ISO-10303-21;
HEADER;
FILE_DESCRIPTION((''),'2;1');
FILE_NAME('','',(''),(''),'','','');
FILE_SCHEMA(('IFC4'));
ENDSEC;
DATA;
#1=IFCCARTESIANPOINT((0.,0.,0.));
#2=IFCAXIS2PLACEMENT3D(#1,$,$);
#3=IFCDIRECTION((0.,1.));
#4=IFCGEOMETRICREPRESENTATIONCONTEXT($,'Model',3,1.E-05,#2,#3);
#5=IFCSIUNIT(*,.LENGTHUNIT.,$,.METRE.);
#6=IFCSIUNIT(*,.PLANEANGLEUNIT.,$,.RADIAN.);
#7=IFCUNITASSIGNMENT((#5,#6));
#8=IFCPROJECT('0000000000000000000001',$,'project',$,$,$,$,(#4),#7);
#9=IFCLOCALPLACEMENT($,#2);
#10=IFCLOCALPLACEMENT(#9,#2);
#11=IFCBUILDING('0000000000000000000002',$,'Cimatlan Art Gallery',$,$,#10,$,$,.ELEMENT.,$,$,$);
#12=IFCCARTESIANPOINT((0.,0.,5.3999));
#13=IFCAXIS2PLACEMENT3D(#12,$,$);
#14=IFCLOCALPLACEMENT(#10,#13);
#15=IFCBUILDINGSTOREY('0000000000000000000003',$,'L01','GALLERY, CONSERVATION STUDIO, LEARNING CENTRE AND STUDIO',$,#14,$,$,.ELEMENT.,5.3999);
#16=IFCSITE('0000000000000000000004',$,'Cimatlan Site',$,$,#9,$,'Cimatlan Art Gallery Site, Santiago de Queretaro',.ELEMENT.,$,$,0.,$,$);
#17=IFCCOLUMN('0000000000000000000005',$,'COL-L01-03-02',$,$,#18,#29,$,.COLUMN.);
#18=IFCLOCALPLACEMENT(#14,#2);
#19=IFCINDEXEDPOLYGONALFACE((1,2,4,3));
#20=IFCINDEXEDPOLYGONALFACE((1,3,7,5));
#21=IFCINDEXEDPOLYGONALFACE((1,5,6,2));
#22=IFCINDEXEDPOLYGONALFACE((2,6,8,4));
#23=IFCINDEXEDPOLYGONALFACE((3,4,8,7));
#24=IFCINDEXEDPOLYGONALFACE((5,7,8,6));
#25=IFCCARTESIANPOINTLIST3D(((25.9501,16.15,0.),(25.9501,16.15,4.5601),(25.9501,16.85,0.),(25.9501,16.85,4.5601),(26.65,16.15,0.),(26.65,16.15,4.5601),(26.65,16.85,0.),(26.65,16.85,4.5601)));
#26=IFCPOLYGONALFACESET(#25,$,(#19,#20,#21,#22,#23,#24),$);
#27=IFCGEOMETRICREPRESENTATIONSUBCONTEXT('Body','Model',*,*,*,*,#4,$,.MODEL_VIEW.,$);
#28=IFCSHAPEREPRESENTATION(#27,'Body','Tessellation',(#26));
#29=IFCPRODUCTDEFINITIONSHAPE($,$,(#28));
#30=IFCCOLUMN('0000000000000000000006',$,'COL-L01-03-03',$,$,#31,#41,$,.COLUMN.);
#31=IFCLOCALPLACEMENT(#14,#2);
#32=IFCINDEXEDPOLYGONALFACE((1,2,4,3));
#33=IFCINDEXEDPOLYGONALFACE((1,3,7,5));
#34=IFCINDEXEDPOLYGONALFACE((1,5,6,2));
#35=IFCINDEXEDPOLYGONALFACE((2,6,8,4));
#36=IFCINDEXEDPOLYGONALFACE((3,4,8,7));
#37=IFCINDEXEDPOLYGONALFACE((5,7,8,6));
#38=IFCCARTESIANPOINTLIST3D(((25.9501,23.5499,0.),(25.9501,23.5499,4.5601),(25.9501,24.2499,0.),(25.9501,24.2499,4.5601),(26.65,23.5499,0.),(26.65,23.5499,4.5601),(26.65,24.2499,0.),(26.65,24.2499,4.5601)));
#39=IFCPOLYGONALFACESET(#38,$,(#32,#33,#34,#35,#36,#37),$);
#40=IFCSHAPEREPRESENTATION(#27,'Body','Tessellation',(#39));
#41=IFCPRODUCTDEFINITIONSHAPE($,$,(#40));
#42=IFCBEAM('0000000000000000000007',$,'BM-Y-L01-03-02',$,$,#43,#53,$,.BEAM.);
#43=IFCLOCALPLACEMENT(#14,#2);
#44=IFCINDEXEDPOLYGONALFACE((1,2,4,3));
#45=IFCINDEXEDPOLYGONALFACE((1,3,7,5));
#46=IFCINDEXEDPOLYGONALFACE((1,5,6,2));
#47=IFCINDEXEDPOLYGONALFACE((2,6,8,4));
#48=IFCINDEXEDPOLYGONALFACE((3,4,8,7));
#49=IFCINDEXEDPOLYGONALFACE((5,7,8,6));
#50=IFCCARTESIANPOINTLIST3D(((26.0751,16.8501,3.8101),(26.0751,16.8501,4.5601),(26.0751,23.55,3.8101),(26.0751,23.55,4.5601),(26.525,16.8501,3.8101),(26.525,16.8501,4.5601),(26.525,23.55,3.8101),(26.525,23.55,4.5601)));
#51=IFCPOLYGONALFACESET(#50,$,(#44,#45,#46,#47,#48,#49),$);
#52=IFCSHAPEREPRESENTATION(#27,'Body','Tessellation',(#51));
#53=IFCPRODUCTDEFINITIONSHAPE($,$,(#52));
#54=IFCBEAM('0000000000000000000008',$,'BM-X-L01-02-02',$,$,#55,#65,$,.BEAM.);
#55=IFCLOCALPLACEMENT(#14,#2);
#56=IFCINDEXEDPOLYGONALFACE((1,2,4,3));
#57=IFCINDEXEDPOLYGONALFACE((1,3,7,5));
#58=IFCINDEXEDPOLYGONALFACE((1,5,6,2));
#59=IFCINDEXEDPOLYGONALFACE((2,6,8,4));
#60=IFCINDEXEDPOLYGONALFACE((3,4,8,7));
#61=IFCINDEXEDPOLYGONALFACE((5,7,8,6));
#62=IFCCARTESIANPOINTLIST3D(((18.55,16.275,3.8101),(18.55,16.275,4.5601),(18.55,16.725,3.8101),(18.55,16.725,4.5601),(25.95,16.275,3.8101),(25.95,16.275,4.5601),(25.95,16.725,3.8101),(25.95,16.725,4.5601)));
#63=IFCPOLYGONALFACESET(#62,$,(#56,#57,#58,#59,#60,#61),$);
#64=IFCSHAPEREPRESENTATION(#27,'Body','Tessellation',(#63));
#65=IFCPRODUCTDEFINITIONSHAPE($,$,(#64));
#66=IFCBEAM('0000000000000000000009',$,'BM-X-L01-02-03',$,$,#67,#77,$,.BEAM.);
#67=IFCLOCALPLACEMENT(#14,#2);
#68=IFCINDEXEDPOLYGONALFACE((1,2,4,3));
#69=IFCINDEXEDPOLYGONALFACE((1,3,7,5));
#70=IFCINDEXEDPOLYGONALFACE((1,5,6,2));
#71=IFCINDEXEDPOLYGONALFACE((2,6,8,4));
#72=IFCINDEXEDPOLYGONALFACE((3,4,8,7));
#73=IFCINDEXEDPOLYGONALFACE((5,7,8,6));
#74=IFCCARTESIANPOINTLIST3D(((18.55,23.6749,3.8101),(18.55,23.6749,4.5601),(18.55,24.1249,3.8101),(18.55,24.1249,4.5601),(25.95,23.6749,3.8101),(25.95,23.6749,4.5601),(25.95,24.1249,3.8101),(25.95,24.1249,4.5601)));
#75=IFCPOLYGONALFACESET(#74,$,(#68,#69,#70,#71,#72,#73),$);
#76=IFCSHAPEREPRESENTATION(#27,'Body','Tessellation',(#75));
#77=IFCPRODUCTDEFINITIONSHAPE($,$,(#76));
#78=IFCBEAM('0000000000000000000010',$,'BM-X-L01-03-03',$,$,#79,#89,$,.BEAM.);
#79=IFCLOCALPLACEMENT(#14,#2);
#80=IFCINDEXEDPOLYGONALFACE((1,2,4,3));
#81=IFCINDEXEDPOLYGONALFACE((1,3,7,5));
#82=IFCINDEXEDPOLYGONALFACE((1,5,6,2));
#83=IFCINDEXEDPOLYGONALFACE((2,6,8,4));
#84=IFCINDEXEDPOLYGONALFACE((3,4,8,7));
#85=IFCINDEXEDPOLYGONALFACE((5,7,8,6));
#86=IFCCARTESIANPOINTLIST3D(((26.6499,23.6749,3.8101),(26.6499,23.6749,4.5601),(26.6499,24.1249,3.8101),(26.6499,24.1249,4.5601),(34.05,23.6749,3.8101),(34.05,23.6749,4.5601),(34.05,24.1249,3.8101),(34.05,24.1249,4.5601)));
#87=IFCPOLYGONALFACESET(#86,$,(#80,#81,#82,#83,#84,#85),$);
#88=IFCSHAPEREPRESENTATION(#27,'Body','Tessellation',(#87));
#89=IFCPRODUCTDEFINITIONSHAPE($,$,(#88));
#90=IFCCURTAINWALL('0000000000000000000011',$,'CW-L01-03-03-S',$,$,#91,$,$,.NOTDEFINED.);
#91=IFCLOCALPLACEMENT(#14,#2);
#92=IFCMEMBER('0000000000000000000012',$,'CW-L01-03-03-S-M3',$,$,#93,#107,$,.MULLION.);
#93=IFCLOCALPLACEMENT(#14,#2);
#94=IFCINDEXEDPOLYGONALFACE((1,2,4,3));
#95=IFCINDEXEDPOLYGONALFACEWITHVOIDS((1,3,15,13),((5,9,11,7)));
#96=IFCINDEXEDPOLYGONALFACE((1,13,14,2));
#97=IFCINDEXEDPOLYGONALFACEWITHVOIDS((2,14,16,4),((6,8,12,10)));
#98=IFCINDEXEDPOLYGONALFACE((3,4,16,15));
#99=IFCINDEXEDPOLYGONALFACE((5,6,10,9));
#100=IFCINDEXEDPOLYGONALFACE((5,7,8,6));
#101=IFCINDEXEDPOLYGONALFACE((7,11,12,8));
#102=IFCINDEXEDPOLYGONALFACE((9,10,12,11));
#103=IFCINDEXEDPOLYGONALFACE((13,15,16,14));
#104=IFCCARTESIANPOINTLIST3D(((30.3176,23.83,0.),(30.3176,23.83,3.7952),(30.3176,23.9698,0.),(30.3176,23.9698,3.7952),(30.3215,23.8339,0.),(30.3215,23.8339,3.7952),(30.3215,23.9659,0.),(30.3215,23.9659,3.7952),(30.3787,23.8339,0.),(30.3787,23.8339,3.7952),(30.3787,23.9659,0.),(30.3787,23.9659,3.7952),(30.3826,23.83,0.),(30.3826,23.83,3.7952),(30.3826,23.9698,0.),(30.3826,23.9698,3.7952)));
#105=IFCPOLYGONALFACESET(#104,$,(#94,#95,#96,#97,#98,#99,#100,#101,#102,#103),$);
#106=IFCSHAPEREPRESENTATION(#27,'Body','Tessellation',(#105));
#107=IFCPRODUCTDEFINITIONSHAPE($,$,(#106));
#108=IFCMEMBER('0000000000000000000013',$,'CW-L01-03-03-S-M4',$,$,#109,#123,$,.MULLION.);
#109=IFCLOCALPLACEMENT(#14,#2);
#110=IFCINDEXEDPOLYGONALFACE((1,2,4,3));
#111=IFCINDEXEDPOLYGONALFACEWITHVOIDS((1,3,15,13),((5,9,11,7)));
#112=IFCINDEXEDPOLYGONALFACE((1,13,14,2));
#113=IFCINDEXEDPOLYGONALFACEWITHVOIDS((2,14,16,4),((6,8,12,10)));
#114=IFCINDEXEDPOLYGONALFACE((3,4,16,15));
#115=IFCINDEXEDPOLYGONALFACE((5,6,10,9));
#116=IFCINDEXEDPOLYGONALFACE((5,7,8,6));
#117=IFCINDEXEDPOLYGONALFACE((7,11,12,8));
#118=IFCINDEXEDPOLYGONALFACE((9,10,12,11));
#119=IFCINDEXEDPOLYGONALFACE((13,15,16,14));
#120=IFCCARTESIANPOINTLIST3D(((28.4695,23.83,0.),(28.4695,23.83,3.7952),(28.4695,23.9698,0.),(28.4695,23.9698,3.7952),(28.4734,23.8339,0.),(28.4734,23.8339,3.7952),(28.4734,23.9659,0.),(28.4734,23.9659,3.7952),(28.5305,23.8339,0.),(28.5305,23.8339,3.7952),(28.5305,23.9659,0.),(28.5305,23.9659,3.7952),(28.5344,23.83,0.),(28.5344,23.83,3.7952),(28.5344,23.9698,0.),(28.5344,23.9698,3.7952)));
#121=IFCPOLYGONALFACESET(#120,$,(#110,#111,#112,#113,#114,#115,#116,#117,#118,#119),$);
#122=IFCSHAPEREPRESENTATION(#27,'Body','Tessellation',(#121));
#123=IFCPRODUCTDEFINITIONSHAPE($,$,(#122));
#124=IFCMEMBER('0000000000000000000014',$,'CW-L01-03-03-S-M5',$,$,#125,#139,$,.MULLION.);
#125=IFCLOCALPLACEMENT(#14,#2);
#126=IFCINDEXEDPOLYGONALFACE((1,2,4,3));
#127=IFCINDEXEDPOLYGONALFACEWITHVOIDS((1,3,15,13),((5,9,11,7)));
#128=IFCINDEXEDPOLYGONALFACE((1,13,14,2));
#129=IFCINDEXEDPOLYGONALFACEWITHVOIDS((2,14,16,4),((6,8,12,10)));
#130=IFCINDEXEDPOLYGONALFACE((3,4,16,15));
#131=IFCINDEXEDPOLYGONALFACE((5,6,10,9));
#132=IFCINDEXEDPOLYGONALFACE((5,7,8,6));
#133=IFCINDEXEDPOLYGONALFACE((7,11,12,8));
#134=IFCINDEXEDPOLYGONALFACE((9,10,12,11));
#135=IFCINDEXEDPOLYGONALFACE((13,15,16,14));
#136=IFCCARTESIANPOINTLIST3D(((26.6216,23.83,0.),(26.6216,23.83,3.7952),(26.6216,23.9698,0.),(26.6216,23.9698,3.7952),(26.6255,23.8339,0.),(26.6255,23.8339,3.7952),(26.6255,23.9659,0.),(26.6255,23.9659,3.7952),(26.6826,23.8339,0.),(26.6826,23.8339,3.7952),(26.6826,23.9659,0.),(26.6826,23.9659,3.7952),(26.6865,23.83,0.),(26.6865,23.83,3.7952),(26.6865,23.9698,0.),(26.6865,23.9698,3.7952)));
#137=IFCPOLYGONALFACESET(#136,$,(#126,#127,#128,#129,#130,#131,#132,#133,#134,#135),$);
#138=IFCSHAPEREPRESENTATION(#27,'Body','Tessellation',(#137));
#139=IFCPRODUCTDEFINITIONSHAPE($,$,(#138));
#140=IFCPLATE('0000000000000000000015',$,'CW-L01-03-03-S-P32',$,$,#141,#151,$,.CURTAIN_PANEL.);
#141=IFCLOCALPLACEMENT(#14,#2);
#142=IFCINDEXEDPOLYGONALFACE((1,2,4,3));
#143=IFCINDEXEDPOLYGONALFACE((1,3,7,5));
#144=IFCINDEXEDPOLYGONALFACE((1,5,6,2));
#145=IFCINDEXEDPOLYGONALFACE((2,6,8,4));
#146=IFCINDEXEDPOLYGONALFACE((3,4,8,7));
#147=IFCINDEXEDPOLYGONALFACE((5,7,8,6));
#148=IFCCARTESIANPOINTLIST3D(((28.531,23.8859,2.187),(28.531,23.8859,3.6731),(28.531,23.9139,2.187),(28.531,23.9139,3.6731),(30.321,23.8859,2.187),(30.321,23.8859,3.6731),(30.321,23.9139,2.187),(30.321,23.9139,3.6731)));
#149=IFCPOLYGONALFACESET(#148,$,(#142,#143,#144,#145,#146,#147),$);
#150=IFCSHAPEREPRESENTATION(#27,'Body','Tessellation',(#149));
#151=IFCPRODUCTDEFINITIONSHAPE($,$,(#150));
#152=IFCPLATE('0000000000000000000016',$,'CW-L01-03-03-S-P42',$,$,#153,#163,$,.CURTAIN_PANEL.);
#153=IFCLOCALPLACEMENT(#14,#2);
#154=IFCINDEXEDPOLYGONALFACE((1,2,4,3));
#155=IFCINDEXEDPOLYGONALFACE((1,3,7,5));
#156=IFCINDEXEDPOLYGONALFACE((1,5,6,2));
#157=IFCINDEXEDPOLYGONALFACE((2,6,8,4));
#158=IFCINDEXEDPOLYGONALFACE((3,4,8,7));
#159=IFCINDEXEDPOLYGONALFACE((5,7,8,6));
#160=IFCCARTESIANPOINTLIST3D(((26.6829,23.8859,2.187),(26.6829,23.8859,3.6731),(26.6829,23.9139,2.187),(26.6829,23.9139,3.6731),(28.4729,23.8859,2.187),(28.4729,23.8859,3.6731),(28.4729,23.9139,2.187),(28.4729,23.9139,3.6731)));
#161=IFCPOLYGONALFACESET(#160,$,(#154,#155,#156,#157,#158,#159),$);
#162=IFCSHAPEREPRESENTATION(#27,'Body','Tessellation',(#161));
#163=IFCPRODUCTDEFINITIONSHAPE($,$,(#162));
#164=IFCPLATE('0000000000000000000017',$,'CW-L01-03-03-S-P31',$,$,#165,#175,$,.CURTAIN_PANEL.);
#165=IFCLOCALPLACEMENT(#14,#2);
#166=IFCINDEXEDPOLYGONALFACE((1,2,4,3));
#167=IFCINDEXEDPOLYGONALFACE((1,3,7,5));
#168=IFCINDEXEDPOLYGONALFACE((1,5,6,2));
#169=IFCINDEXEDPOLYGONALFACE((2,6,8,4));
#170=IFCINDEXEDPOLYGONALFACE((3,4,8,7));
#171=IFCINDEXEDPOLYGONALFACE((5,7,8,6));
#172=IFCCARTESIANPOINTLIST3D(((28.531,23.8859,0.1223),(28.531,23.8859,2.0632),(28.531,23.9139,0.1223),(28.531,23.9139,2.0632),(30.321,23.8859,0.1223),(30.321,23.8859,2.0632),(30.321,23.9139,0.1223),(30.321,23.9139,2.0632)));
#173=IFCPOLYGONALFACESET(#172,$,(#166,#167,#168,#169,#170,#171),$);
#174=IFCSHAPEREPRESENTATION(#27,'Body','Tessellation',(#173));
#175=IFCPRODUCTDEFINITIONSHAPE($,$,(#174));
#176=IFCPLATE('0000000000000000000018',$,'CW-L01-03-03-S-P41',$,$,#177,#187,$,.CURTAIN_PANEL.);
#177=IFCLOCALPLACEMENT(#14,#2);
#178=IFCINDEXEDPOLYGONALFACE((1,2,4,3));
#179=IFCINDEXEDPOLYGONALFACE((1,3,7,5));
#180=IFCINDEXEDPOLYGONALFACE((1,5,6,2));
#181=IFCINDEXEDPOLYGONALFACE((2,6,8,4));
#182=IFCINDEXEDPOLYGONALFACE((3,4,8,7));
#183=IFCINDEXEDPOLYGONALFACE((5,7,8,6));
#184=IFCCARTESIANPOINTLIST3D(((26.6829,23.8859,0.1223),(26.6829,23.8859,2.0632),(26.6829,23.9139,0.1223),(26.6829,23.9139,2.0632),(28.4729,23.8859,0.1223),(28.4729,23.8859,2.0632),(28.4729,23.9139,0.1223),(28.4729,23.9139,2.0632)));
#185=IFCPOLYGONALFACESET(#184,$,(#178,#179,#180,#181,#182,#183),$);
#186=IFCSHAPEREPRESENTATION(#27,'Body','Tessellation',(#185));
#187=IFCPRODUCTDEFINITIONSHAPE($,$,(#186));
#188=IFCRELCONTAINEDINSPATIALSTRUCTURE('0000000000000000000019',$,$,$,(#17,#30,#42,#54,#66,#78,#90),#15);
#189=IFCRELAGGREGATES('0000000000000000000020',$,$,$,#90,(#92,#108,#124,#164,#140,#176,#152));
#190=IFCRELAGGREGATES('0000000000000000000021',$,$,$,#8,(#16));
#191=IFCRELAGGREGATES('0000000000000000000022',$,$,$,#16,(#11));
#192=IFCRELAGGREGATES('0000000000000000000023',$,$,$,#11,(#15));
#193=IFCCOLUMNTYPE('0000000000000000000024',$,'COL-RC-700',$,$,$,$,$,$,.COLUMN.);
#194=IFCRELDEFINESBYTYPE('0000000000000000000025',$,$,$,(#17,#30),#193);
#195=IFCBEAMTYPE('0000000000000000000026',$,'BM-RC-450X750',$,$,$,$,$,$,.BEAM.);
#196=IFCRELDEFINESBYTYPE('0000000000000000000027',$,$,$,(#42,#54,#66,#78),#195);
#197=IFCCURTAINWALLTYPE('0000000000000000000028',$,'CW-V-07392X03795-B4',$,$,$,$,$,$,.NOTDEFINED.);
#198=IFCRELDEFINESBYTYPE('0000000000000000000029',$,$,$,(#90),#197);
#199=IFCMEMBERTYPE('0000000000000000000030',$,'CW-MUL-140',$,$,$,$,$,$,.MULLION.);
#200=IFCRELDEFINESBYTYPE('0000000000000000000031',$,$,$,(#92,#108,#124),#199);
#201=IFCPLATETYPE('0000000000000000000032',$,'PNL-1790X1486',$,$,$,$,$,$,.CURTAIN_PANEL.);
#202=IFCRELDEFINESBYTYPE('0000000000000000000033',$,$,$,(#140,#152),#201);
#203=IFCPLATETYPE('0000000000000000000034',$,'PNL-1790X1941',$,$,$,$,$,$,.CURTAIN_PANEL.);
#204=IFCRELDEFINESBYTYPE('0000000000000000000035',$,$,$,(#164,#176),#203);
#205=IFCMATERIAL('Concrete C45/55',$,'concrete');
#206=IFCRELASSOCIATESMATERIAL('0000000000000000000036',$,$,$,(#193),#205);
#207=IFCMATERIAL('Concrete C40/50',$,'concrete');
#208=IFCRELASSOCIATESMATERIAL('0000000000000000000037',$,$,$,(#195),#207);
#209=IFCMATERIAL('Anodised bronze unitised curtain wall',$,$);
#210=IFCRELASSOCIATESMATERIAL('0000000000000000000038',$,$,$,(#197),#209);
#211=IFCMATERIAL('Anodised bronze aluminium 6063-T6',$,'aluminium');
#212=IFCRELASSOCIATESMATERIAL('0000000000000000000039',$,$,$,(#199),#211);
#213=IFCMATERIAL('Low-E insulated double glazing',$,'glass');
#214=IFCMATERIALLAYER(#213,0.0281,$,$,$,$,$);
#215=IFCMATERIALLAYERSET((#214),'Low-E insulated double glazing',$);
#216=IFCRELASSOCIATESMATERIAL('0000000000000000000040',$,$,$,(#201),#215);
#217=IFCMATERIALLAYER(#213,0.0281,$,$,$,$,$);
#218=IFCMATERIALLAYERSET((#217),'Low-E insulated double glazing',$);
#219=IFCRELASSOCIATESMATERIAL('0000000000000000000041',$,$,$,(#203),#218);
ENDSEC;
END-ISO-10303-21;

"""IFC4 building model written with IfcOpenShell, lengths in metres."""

from ifc_helpers import new_model, si_unit, direction, frame, origin, origin_2d, place, context, subcontext, project, spatial, rectangle, hollow_rectangle, extrude, material, layer, layer_set, material_profile, profile_set, type_object, element, aggregate, save


model = new_model("IFC4")

# Units and contexts
model_context = context("Model", 3, precision=1e-05, world=origin(), true_north=direction((0.0, 1.0)))
body_context = subcontext(model_context, "Body", "Model", "MODEL_VIEW")
ifc_project = project(units=[si_unit("LENGTHUNIT", "METRE"), si_unit("PLANEANGLEUNIT", "RADIAN")], contexts=[model_context])

# Site, building, storey
site_placement = place(None, origin())
site = spatial("IfcSite", under=ifc_project, at=site_placement, Name="Cimatlan Site", LongName="Cimatlan Art Gallery Site, Santiago de Queretaro", CompositionType="ELEMENT", RefElevation=0.0)
building_placement = place(site_placement, origin())
building = spatial("IfcBuilding", under=site, at=building_placement, Name="Cimatlan Art Gallery", CompositionType="ELEMENT")
storey_placement = place(building_placement, frame((0.0, 0.0, 5.3999)))
storey = spatial("IfcBuildingStorey", under=building, at=storey_placement, Name="L01", Description="GALLERY, CONSERVATION STUDIO, LEARNING CENTRE AND STUDIO", CompositionType="ELEMENT", Elevation=5.3999)

# Columns
ifc_material_1 = material(Name="Concrete C45/55", Category="concrete")
ifc_material_profile_1 = material_profile(ifc_material_1, rectangle(XDim=0.7, YDim=0.7, at=origin_2d()), Name="RC700X700")
ifc_profile_set_1 = profile_set([ifc_material_profile_1], Name="Concrete C45/55")
column_type = type_object("IfcColumnType", Name="COL-RC-700", PredefinedType="COLUMN", material=ifc_profile_set_1)
for number, where, z_axis, x_axis, name in (
    (1, (26.3, 16.5, 0.0), (0.0, 0.0, 1.0), (1.0, 0.0, 0.0), "COL-L01-03-02"),
    (2, (26.3, 23.8999, 0.0), (0.0, 0.0, 1.0), (1.0, 0.0, 0.0), "COL-L01-03-03"),
):
    element("IfcColumn", number, at=place(storey_placement, frame(where, z_axis=z_axis, x_axis=x_axis)), inside=storey, type_object=column_type, Name=name, PredefinedType="COLUMN", context=body_context, shape_type="SweptSolid", body=[
        extrude(rectangle(XDim=0.7, YDim=0.7, at=origin_2d()), origin(), (0.0, 0.0, 1.0), 4.5601),
    ])

# Beams
ifc_material_2 = material(Name="Concrete C40/50", Category="concrete")
ifc_material_profile_2 = material_profile(ifc_material_2, rectangle(XDim=0.45, YDim=0.75, at=origin_2d()), Name="RC450X750")
ifc_profile_set_2 = profile_set([ifc_material_profile_2], Name="Concrete C40/50")
beam_type = type_object("IfcBeamType", Name="BM-RC-450X750", PredefinedType="BEAM", material=ifc_profile_set_2)
beam_1_placement = place(storey_placement, frame((26.3, 16.8501, 4.1851), z_axis=(0.0, 1.0, 0.0), x_axis=(-1.0, 0.0, 0.0)))
element("IfcBeam", 3, at=beam_1_placement, inside=storey, type_object=beam_type, Name="BM-Y-L01-03-02", PredefinedType="BEAM", context=body_context, shape_type="SweptSolid", body=[
    extrude(rectangle(XDim=0.45, YDim=0.75, at=origin_2d()), origin(), (0.0, 0.0, 1.0), 6.7),
])
for number, where, z_axis, x_axis, name in (
    (4, (18.55, 16.5, 4.1851), (1.0, 0.0, 0.0), (0.0, 1.0, 0.0), "BM-X-L01-02-02"),
    (5, (18.55, 23.8999, 4.1851), (1.0, 0.0, 0.0), (0.0, 1.0, 0.0), "BM-X-L01-02-03"),
):
    element("IfcBeam", number, at=place(storey_placement, frame(where, z_axis=z_axis, x_axis=x_axis)), inside=storey, type_object=beam_type, Name=name, PredefinedType="BEAM", context=body_context, shape_type="SweptSolid", body=[
        extrude(rectangle(XDim=0.45, YDim=0.75, at=origin_2d()), origin(), (0.0, 0.0, 1.0), 7.3999),
    ])
beam_2_placement = place(storey_placement, frame((26.6499, 23.8999, 4.1851), z_axis=(1.0, 0.0, 0.0), x_axis=(0.0, 1.0, 0.0)))
element("IfcBeam", 6, at=beam_2_placement, inside=storey, type_object=beam_type, Name="BM-X-L01-03-03", PredefinedType="BEAM", context=body_context, shape_type="SweptSolid", body=[
    extrude(rectangle(XDim=0.45, YDim=0.75, at=origin_2d()), origin(), (0.0, 0.0, 1.0), 7.4001),
])

# Curtain wall, members, plates
ifc_material_3 = material(Name="Anodised bronze unitised curtain wall")
curtain_wall_type = type_object("IfcCurtainWallType", Name="CW-V-07392X03795-B4", PredefinedType="NOTDEFINED", material=ifc_material_3)
curtain_wall_placement = place(storey_placement, origin())
curtain_wall = element("IfcCurtainWall", 7, at=curtain_wall_placement, inside=storey, type_object=curtain_wall_type, Name="CW-L01-03-03-S", PredefinedType="NOTDEFINED")
ifc_material_4 = material(Name="Anodised bronze aluminium 6063-T6", Category="aluminium")
ifc_material_profile_3 = material_profile(ifc_material_4, hollow_rectangle(XDim=0.0649, YDim=0.1399, WallThickness=0.0039, at=origin_2d()), Name="ALU65X140X4")
ifc_profile_set_3 = profile_set([ifc_material_profile_3], Name="Anodised bronze aluminium 6063-T6")
member_type = type_object("IfcMemberType", Name="CW-MUL-140", PredefinedType="MULLION", material=ifc_profile_set_3)
member_1_placement = place(storey_placement, frame((30.3501, 23.8999, 0.0), z_axis=(0.0, 0.0, 1.0), x_axis=(1.0, 0.0, 0.0)))
member_1 = element("IfcMember", 8, at=member_1_placement, type_object=member_type, Name="CW-L01-03-03-S-M3", PredefinedType="MULLION", context=body_context, shape_type="SweptSolid", body=[
    extrude(hollow_rectangle(XDim=0.0649, YDim=0.1399, WallThickness=0.0039, at=origin_2d()), origin(), (0.0, 0.0, 1.0), 3.7952),
])
member_2_placement = place(storey_placement, frame((28.502, 23.8999, 0.0), z_axis=(0.0, 0.0, 1.0), x_axis=(1.0, 0.0, 0.0)))
member_2 = element("IfcMember", 9, at=member_2_placement, type_object=member_type, Name="CW-L01-03-03-S-M4", PredefinedType="MULLION", context=body_context, shape_type="SweptSolid", body=[
    extrude(hollow_rectangle(XDim=0.0649, YDim=0.1399, WallThickness=0.0039, at=origin_2d()), origin(), (0.0, 0.0, 1.0), 3.7952),
])
member_3_placement = place(storey_placement, frame((26.6541, 23.8999, 0.0), z_axis=(0.0, 0.0, 1.0), x_axis=(1.0, 0.0, 0.0)))
member_3 = element("IfcMember", 10, at=member_3_placement, type_object=member_type, Name="CW-L01-03-03-S-M5", PredefinedType="MULLION", context=body_context, shape_type="SweptSolid", body=[
    extrude(hollow_rectangle(XDim=0.0649, YDim=0.1399, WallThickness=0.0039, at=origin_2d()), origin(), (0.0, 0.0, 1.0), 3.7952),
])
ifc_material_5 = material(Name="Low-E insulated double glazing", Category="glass")
ifc_layer_1 = layer(ifc_material_5, 0.0281)
ifc_layer_set_1 = layer_set([ifc_layer_1], Name="Low-E insulated double glazing")
plate_type_1 = type_object("IfcPlateType", Name="PNL-1790X1486", PredefinedType="CURTAIN_PANEL", material=ifc_layer_set_1)
plate_1_placement = place(storey_placement, frame((29.426, 23.8999, 2.187), z_axis=(0.0, 0.0, 1.0), x_axis=(-1.0, 0.0, 0.0)))
plate_1 = element("IfcPlate", 11, at=plate_1_placement, type_object=plate_type_1, Name="CW-L01-03-03-S-P32", PredefinedType="CURTAIN_PANEL", context=body_context, shape_type="SweptSolid", body=[
    extrude(rectangle(XDim=1.79, YDim=0.0281, at=origin_2d()), origin(), (0.0, 0.0, 1.0), 1.4861),
])
plate_2_placement = place(storey_placement, frame((27.5779, 23.8999, 2.187), z_axis=(0.0, 0.0, 1.0), x_axis=(-1.0, 0.0, 0.0)))
plate_2 = element("IfcPlate", 12, at=plate_2_placement, type_object=plate_type_1, Name="CW-L01-03-03-S-P42", PredefinedType="CURTAIN_PANEL", context=body_context, shape_type="SweptSolid", body=[
    extrude(rectangle(XDim=1.79, YDim=0.0281, at=origin_2d()), origin(), (0.0, 0.0, 1.0), 1.4861),
])
ifc_layer_2 = layer(ifc_material_5, 0.0281)
ifc_layer_set_2 = layer_set([ifc_layer_2], Name="Low-E insulated double glazing")
plate_type_2 = type_object("IfcPlateType", Name="PNL-1790X1941", PredefinedType="CURTAIN_PANEL", material=ifc_layer_set_2)
plate_3_placement = place(storey_placement, frame((29.426, 23.8999, 0.1223), z_axis=(0.0, 0.0, 1.0), x_axis=(-1.0, 0.0, 0.0)))
plate_3 = element("IfcPlate", 13, at=plate_3_placement, type_object=plate_type_2, Name="CW-L01-03-03-S-P31", PredefinedType="CURTAIN_PANEL", context=body_context, shape_type="SweptSolid", body=[
    extrude(rectangle(XDim=1.79, YDim=0.0281, at=origin_2d()), origin(), (0.0, 0.0, 1.0), 1.9409),
])
plate_4_placement = place(storey_placement, frame((27.5779, 23.8999, 0.1223), z_axis=(0.0, 0.0, 1.0), x_axis=(-1.0, 0.0, 0.0)))
plate_4 = element("IfcPlate", 14, at=plate_4_placement, type_object=plate_type_2, Name="CW-L01-03-03-S-P41", PredefinedType="CURTAIN_PANEL", context=body_context, shape_type="SweptSolid", body=[
    extrude(rectangle(XDim=1.79, YDim=0.0281, at=origin_2d()), origin(), (0.0, 0.0, 1.0), 1.9409),
])
aggregate(curtain_wall, [member_1, member_2, member_3, plate_3, plate_1, plate_4, plate_2])

save(model, "model.ifc")
